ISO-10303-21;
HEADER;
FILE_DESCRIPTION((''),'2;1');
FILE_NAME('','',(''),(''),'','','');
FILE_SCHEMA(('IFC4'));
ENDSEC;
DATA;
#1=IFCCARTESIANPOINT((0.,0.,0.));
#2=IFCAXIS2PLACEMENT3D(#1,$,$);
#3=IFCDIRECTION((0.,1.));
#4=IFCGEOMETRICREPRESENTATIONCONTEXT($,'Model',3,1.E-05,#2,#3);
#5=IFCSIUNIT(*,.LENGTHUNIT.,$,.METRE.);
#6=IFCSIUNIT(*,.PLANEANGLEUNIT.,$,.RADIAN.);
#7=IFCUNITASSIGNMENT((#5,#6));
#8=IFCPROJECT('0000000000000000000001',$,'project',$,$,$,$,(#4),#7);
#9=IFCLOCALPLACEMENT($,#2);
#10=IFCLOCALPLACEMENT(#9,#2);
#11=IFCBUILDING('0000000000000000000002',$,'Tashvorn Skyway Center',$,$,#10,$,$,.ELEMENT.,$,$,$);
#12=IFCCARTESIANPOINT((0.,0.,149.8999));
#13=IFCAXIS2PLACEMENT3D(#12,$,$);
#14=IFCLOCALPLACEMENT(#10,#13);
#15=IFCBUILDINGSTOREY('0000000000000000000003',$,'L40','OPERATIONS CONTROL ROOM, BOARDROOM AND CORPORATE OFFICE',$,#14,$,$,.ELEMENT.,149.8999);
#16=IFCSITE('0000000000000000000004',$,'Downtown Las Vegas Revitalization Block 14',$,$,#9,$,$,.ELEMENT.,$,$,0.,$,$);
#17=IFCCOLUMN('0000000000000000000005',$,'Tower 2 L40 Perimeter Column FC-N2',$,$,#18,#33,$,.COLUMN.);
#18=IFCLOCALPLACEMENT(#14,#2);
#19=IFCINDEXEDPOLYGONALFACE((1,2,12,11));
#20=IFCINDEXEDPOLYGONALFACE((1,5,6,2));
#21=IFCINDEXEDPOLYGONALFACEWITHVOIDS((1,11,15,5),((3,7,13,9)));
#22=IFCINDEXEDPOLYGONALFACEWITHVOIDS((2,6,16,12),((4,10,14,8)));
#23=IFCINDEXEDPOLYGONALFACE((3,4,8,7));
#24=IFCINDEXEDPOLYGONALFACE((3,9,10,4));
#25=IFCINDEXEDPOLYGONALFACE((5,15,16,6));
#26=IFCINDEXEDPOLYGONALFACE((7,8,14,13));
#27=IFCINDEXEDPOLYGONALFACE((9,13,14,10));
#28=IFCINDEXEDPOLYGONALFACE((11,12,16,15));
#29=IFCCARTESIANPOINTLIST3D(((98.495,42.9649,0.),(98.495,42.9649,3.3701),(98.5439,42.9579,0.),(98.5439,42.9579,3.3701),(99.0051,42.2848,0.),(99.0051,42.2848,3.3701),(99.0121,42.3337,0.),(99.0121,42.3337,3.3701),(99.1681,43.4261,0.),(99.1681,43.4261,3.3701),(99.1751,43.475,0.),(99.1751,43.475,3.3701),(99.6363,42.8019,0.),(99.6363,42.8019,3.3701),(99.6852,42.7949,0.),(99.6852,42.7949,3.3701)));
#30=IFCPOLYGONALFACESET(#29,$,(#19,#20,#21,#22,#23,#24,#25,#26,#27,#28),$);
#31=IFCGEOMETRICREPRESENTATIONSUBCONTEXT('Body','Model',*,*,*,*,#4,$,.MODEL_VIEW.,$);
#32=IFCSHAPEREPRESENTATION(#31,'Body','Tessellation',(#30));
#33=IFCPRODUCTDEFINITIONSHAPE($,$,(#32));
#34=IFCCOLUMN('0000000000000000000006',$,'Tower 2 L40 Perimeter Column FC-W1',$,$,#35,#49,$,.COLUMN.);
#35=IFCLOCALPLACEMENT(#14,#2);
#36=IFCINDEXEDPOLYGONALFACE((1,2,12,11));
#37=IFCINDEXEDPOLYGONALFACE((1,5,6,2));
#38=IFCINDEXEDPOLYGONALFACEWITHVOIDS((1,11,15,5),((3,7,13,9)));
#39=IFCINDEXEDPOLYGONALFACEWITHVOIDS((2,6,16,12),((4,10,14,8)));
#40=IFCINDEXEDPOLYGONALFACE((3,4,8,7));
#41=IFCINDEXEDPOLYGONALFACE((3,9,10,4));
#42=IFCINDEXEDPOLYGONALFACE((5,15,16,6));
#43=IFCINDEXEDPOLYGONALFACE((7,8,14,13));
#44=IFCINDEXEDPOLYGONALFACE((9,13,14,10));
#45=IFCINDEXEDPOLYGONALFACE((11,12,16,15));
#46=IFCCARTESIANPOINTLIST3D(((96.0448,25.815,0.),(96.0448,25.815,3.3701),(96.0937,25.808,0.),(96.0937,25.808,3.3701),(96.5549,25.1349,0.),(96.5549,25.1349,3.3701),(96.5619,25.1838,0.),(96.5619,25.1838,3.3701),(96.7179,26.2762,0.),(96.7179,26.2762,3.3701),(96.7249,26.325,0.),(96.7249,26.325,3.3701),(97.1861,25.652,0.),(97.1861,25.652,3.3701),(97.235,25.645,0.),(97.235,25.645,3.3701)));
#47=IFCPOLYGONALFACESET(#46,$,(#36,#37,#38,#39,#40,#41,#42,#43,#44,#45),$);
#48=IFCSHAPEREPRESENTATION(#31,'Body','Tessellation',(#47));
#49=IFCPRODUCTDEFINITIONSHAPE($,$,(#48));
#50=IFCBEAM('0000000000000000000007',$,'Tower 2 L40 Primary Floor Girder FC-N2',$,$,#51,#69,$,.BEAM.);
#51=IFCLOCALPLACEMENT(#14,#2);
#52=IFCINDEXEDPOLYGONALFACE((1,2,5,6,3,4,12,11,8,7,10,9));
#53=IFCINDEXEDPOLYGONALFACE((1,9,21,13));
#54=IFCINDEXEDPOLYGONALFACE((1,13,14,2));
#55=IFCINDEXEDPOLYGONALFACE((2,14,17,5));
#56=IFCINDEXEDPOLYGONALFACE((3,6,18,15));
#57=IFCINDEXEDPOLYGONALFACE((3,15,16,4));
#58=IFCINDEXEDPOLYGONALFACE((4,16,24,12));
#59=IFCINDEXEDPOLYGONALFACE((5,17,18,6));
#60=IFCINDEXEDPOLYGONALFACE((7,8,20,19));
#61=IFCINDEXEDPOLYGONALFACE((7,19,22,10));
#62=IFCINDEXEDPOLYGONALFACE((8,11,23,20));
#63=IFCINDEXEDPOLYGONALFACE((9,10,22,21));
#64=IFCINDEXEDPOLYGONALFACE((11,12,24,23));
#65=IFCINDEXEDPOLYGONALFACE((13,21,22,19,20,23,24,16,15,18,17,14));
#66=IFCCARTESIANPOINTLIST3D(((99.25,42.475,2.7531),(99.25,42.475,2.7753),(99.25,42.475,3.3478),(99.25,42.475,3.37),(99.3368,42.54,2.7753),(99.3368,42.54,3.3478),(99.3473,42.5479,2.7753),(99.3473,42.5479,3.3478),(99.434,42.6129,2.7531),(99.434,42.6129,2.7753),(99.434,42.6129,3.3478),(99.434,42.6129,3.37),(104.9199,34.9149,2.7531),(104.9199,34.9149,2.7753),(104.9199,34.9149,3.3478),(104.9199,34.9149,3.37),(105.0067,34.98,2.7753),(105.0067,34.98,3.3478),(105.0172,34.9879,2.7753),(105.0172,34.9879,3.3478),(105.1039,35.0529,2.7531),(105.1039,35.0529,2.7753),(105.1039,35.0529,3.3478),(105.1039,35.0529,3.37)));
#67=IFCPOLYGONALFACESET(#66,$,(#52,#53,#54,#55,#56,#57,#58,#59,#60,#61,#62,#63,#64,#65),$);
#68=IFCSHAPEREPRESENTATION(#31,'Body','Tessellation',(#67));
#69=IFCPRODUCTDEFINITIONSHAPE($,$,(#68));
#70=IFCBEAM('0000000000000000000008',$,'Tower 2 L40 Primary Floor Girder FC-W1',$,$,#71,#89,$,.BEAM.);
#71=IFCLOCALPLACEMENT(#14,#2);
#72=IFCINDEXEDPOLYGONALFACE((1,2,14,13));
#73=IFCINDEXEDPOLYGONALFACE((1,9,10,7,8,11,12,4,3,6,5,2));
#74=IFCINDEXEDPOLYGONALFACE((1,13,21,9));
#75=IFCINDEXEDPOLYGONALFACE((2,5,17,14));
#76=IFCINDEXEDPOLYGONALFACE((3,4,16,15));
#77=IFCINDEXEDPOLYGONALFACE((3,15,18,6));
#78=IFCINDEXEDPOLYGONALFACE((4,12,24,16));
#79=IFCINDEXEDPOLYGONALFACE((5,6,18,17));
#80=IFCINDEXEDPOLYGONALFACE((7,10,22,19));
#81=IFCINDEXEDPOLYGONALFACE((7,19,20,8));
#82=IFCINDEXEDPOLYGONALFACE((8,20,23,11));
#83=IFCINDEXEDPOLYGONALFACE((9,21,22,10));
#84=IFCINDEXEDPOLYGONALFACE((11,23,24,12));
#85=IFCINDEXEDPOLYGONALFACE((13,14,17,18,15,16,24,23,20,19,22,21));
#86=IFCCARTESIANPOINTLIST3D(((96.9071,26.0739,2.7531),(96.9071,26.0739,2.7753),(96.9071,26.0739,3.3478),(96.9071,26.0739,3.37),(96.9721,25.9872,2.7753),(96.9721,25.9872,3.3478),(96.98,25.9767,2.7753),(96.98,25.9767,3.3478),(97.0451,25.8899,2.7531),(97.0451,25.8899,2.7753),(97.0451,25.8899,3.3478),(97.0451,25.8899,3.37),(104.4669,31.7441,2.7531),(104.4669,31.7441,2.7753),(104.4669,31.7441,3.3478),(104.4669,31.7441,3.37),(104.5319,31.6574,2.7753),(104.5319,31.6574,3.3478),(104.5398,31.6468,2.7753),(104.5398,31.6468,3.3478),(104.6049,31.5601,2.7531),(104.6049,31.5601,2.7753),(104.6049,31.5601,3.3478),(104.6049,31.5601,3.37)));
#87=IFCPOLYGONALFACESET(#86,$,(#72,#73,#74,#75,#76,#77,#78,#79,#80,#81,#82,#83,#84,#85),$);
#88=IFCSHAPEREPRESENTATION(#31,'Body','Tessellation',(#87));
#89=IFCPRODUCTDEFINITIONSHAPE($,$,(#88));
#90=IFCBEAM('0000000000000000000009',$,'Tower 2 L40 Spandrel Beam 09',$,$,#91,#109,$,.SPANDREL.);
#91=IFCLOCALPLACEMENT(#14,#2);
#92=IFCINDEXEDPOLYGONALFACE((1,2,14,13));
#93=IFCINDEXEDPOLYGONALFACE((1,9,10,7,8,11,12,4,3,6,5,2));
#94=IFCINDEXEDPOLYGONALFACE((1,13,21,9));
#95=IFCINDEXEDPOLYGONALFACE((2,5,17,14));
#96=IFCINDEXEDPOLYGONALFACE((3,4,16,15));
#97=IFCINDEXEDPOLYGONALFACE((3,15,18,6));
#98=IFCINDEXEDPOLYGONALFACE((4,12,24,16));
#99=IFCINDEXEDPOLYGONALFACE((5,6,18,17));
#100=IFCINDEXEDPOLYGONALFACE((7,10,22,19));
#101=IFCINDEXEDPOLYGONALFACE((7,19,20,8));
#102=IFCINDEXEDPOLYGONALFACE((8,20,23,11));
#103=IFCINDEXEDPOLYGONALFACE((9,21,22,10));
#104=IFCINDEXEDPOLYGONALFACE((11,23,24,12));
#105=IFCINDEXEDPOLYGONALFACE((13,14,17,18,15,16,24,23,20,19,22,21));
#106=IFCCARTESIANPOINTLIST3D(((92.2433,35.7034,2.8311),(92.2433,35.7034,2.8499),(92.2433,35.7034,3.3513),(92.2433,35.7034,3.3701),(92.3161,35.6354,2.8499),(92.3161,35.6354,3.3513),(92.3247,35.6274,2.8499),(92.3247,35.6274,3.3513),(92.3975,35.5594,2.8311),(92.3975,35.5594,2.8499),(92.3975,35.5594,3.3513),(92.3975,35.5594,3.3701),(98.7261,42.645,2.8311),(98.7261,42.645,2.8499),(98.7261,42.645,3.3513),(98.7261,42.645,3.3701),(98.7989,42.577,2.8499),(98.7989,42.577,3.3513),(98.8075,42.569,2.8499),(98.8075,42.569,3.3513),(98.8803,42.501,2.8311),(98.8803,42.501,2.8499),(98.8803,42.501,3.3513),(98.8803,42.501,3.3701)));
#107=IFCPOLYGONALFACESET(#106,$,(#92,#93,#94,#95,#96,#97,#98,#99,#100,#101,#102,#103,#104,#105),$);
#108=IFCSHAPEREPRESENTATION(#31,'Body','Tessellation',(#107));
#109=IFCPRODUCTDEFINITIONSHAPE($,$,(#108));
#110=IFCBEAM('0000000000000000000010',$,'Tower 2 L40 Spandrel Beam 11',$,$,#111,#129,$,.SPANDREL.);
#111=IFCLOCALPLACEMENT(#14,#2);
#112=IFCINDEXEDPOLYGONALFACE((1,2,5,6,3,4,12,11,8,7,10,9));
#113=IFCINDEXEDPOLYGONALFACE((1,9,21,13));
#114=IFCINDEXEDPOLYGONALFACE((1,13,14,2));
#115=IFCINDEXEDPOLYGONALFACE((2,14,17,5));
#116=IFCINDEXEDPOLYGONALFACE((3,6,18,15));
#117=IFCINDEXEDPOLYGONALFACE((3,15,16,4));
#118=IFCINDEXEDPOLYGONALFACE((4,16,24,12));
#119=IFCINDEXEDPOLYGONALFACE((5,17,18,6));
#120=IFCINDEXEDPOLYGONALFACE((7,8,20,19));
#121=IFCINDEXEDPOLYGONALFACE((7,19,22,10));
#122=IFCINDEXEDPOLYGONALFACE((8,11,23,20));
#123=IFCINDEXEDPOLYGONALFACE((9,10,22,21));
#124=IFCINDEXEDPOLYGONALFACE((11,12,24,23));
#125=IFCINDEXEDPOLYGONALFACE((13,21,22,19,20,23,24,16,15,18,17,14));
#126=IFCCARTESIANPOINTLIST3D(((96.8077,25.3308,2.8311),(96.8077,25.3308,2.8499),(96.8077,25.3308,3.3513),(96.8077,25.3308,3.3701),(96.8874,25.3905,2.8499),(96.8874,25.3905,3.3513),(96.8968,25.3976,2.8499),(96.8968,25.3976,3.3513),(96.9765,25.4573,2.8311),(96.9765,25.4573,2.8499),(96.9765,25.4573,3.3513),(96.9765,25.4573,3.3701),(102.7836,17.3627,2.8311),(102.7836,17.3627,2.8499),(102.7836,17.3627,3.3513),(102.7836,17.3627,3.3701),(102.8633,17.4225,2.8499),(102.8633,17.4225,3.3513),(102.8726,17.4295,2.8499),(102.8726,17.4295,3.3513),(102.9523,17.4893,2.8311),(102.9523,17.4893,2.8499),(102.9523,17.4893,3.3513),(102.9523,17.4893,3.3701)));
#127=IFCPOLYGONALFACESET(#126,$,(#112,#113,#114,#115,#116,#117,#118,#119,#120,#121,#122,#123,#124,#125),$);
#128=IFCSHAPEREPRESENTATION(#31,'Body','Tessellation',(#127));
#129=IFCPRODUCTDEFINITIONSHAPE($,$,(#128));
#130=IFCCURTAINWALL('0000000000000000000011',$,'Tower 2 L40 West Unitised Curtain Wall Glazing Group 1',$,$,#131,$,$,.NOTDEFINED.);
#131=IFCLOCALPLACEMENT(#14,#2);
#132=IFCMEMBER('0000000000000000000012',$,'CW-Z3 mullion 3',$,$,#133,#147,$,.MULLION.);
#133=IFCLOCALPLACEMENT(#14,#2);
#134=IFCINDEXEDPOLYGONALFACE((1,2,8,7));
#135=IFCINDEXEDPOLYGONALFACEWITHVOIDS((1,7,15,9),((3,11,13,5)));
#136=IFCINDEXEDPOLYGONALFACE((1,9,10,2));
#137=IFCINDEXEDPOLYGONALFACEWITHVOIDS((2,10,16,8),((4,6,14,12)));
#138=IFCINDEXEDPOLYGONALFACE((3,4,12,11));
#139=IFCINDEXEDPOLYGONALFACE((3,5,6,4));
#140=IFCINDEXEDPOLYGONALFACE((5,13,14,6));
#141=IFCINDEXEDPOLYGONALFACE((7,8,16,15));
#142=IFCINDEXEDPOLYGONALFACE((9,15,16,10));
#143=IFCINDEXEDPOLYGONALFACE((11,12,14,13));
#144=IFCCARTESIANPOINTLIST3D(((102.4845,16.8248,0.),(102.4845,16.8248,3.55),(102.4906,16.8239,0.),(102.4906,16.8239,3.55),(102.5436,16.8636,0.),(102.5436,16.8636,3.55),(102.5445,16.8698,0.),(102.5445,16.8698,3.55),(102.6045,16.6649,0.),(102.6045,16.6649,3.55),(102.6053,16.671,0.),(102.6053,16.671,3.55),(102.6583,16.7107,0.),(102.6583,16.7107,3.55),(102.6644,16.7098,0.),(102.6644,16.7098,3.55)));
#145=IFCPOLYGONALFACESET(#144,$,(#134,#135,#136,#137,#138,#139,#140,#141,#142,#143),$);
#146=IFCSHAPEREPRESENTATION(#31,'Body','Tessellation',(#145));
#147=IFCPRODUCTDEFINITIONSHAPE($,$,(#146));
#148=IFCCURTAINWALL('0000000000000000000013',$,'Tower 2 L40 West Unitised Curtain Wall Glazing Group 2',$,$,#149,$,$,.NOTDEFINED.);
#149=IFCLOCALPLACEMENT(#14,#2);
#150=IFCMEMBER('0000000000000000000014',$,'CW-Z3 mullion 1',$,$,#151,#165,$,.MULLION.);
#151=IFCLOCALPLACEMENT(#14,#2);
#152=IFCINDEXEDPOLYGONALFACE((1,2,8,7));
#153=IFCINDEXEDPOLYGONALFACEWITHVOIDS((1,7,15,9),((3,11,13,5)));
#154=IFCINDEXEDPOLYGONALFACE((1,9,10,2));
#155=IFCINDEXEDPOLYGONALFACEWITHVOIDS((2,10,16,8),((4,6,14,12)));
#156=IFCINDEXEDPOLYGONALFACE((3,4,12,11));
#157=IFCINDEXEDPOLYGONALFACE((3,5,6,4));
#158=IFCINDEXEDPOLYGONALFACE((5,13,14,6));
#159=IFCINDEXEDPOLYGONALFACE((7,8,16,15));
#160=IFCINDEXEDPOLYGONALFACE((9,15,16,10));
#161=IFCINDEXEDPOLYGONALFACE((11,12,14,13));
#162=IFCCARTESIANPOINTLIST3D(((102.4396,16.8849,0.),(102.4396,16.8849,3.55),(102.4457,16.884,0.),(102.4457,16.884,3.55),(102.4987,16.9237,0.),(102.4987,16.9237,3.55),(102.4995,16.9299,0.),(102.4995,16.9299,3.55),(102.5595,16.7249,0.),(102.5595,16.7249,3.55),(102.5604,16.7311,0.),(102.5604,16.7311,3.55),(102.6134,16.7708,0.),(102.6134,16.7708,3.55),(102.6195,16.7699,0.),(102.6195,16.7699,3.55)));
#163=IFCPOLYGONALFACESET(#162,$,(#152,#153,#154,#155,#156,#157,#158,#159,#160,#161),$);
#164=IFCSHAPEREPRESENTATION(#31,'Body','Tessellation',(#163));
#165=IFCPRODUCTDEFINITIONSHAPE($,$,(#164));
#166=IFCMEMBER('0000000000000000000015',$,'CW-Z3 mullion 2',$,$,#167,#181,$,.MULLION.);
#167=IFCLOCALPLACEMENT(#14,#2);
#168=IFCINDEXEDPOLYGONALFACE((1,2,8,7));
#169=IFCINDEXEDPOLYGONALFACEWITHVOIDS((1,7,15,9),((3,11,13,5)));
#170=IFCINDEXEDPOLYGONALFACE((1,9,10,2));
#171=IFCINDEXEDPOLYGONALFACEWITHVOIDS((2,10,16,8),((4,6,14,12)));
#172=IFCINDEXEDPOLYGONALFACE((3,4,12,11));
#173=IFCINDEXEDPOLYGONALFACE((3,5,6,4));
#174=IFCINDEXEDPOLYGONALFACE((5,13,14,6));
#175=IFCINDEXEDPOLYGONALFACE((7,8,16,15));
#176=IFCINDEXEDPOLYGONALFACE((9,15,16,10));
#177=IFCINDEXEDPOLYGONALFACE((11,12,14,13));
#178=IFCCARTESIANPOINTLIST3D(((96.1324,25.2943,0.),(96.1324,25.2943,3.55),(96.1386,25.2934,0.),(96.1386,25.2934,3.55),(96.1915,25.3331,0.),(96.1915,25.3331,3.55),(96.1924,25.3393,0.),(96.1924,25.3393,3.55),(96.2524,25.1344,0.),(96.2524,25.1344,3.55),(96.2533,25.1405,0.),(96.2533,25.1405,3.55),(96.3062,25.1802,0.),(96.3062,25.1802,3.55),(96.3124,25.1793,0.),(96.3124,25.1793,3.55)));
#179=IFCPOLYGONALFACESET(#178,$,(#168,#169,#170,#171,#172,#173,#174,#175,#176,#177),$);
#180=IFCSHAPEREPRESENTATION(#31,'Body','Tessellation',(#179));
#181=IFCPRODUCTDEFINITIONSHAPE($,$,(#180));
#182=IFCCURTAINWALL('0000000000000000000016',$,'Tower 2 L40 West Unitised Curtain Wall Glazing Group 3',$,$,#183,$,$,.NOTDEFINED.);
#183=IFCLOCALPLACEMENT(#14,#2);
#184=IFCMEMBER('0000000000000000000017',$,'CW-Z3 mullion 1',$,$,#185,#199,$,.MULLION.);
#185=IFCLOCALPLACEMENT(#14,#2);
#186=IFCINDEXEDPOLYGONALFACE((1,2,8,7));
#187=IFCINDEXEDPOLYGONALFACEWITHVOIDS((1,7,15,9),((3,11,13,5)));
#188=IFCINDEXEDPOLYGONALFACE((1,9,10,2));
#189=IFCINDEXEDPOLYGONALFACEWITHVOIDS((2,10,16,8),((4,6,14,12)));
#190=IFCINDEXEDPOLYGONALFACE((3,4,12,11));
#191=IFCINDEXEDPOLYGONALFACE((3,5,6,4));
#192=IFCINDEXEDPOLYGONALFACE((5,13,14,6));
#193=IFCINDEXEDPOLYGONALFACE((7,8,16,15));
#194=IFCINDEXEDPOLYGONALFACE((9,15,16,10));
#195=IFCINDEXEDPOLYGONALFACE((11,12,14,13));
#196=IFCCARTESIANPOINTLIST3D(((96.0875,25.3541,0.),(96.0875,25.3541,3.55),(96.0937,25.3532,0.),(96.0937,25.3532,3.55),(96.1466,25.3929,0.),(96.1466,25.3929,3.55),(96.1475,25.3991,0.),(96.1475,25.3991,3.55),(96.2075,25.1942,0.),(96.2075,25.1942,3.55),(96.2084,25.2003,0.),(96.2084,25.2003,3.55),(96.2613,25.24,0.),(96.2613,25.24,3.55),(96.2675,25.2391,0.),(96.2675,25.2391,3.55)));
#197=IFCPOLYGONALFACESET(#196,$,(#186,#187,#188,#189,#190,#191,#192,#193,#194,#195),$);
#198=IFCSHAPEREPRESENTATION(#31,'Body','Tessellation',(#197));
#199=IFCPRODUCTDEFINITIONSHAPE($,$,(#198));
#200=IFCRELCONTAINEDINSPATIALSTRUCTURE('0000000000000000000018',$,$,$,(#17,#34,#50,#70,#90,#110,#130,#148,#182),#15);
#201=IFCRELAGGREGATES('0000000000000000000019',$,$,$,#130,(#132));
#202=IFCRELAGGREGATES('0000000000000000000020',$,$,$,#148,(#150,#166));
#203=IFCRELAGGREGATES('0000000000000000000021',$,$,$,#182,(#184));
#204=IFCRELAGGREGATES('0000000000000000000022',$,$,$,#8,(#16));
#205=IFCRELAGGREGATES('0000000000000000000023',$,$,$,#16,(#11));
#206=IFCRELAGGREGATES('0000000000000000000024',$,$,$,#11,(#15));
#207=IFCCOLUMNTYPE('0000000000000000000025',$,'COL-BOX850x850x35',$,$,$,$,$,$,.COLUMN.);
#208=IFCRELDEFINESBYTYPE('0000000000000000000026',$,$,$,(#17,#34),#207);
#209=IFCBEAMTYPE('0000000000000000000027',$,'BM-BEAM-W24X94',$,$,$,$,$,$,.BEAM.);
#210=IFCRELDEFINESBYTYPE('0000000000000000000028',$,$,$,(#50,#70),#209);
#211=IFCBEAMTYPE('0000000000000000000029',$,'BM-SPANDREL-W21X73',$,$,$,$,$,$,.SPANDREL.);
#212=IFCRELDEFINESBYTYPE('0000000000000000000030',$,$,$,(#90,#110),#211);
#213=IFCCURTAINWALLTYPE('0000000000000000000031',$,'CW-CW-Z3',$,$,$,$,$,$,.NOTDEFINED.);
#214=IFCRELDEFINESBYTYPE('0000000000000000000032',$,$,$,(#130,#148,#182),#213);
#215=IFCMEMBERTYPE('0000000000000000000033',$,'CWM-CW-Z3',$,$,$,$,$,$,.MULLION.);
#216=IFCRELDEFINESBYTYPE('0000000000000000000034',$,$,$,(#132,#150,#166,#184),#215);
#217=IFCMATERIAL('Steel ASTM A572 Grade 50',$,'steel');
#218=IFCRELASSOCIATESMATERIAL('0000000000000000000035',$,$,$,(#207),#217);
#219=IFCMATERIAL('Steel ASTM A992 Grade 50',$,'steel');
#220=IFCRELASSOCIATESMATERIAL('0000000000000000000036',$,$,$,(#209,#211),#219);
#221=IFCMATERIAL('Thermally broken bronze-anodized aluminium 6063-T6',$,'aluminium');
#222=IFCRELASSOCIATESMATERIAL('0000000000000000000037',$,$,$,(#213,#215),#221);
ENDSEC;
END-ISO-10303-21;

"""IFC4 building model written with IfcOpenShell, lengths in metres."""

from ifc_helpers import new_model, si_unit, direction, frame, origin, origin_2d, place, context, subcontext, project, spatial, hollow_rectangle, i_section, extrude, material, material_profile, profile_set, type_object, element, aggregate, save


model = new_model("IFC4")

# Units and contexts
model_context = context("Model", 3, precision=1e-05, world=origin(), true_north=direction((0.0, 1.0)))
body_context = subcontext(model_context, "Body", "Model", "MODEL_VIEW")
ifc_project = project(units=[si_unit("LENGTHUNIT", "METRE"), si_unit("PLANEANGLEUNIT", "RADIAN")], contexts=[model_context])

# Site, building, storey
site_placement = place(None, origin())
site = spatial("IfcSite", under=ifc_project, at=site_placement, Name="Downtown Las Vegas Revitalization Block 14", CompositionType="ELEMENT", RefElevation=0.0)
building_placement = place(site_placement, origin())
building = spatial("IfcBuilding", under=site, at=building_placement, Name="Tashvorn Skyway Center", CompositionType="ELEMENT")
storey_placement = place(building_placement, frame((0.0, 0.0, 149.8999)))
storey = spatial("IfcBuildingStorey", under=building, at=storey_placement, Name="L40", Description="OPERATIONS CONTROL ROOM, BOARDROOM AND CORPORATE OFFICE", CompositionType="ELEMENT", Elevation=149.8999)

# Columns
ifc_material_1 = material(Name="Steel ASTM A572 Grade 50", Category="steel")
ifc_material_profile_1 = material_profile(ifc_material_1, hollow_rectangle(XDim=0.8501, YDim=0.8501, WallThickness=0.0349, at=origin_2d()), Name="BOX850x850x35")
ifc_profile_set_1 = profile_set([ifc_material_profile_1], Name="Steel ASTM A572 Grade 50")
column_type = type_object("IfcColumnType", Name="COL-BOX850x850x35", PredefinedType="COLUMN", material=ifc_profile_set_1)
for number, where, z_axis, x_axis, name in (
    (1, (99.0901, 42.8799, 0.0), (0.0, 0.0, 1.0), (0.8, 0.6, 0.0), "Tower 2 L40 Perimeter Column FC-N2"),
    (2, (96.6399, 25.73, 0.0), (0.0, 0.0, 1.0), (0.8, 0.6, 0.0), "Tower 2 L40 Perimeter Column FC-W1"),
):
    element("IfcColumn", number, at=place(storey_placement, frame(where, z_axis=z_axis, x_axis=x_axis)), inside=storey, type_object=column_type, Name=name, PredefinedType="COLUMN", context=body_context, shape_type="SweptSolid", body=[
        extrude(hollow_rectangle(XDim=0.8501, YDim=0.8501, WallThickness=0.0349, at=origin_2d()), origin(), (0.0, 0.0, 1.0), 3.3701),
    ])

# Beams
ifc_material_2 = material(Name="Steel ASTM A992 Grade 50", Category="steel")
ifc_material_profile_2 = material_profile(ifc_material_2, i_section(OverallWidth=0.23, OverallDepth=0.6169, WebThickness=0.0132, FlangeThickness=0.0222, at=origin_2d()), Name="W24X94")
ifc_profile_set_2 = profile_set([ifc_material_profile_2], Name="Steel ASTM A992 Grade 50")
beam_type_1 = type_object("IfcBeamType", Name="BM-BEAM-W24X94", PredefinedType="BEAM", material=ifc_profile_set_2)
for number, where, z_axis, x_axis, name in (
    (3, (99.342, 42.5439, 3.0615), (0.599992, -0.800006, 0.0), (0.800006, 0.599992, 0.0), "Tower 2 L40 Primary Floor Girder FC-N2"),
    (4, (96.9761, 25.9819, 3.0615), (0.799984, 0.600021, 0.0), (-0.600021, 0.799984, 0.0), "Tower 2 L40 Primary Floor Girder FC-W1"),
):
    element("IfcBeam", number, at=place(storey_placement, frame(where, z_axis=z_axis, x_axis=x_axis)), inside=storey, type_object=beam_type_1, Name=name, PredefinedType="BEAM", context=body_context, shape_type="SweptSolid", body=[
        extrude(i_section(OverallWidth=0.23, OverallDepth=0.6169, WebThickness=0.0132, FlangeThickness=0.0222, at=origin_2d()), origin(), (0.0, 0.0, 1.0), 9.45),
    ])
ifc_material_profile_3 = material_profile(ifc_material_2, i_section(OverallWidth=0.2109, OverallDepth=0.5391, WebThickness=0.0117, FlangeThickness=0.0188, at=origin_2d()), Name="W21X73")
ifc_profile_set_3 = profile_set([ifc_material_profile_3], Name="Steel ASTM A992 Grade 50")
beam_type_2 = type_object("IfcBeamType", Name="BM-SPANDREL-W21X73", PredefinedType="SPANDREL", material=ifc_profile_set_3)
beam_1_placement = place(storey_placement, frame((98.8032, 42.573, 3.1006), z_axis=(-0.682545, -0.730843, 0.0), x_axis=(0.730843, -0.682545, 0.0)))
element("IfcBeam", 5, at=beam_1_placement, inside=storey, type_object=beam_type_2, Name="Tower 2 L40 Spandrel Beam 09", PredefinedType="SPANDREL", context=body_context, shape_type="SweptSolid", body=[
    extrude(i_section(OverallWidth=0.2109, OverallDepth=0.5391, WebThickness=0.0117, FlangeThickness=0.0188, at=origin_2d()), origin(), (0.0, 0.0, 1.0), 9.498),
])
beam_2_placement = place(storey_placement, frame((96.8921, 25.394, 3.1006), z_axis=(0.599988, -0.800009, 0.0), x_axis=(0.800009, 0.599988, 0.0)))
element("IfcBeam", 6, at=beam_2_placement, inside=storey, type_object=beam_type_2, Name="Tower 2 L40 Spandrel Beam 11", PredefinedType="SPANDREL", context=body_context, shape_type="SweptSolid", body=[
    extrude(i_section(OverallWidth=0.2109, OverallDepth=0.5391, WebThickness=0.0117, FlangeThickness=0.0188, at=origin_2d()), origin(), (0.0, 0.0, 1.0), 9.96),
])

# Curtain wall, member
ifc_material_3 = material(Name="Thermally broken bronze-anodized aluminium 6063-T6", Category="aluminium")
curtain_wall_type = type_object("IfcCurtainWallType", Name="CW-CW-Z3", PredefinedType="NOTDEFINED", material=ifc_material_3)
curtain_wall_1_placement = place(storey_placement, origin())
curtain_wall_1 = element("IfcCurtainWall", 7, at=curtain_wall_1_placement, inside=storey, type_object=curtain_wall_type, Name="Tower 2 L40 West Unitised Curtain Wall Glazing Group 1", PredefinedType="NOTDEFINED")
ifc_material_profile_4 = material_profile(ifc_material_3, hollow_rectangle(XDim=0.075, YDim=0.2, WallThickness=0.0044, at=origin_2d()), Name="ALU-MULL-75x200")
ifc_profile_set_4 = profile_set([ifc_material_profile_4], Name="Thermally broken bronze-anodized aluminium 6063-T6")
member_type_1 = type_object("IfcMemberType", Name="CWM-CW-Z3", PredefinedType="MULLION", material=ifc_profile_set_4)
member_1_placement = place(storey_placement, frame((102.5745, 16.7673, 0.0), z_axis=(0.0, 0.0, 1.0), x_axis=(-0.799997, -0.600005, 0.0)))
member_1 = element("IfcMember", 8, at=member_1_placement, type_object=member_type_1, Name="CW-Z3 mullion 3", PredefinedType="MULLION", context=body_context, shape_type="SweptSolid", body=[
    extrude(hollow_rectangle(XDim=0.075, YDim=0.2, WallThickness=0.0044, at=origin_2d()), origin(), (0.0, 0.0, 1.0), 3.55),
])
aggregate(curtain_wall_1, [member_1])

# Curtain wall, members
curtain_wall_2_placement = place(storey_placement, origin())
curtain_wall_2 = element("IfcCurtainWall", 9, at=curtain_wall_2_placement, inside=storey, type_object=curtain_wall_type, Name="Tower 2 L40 West Unitised Curtain Wall Glazing Group 2", PredefinedType="NOTDEFINED")
member_2_placement = place(storey_placement, frame((102.5295, 16.8274, 0.0), z_axis=(0.0, 0.0, 1.0), x_axis=(-0.800002, -0.599997, 0.0)))
member_2 = element("IfcMember", 10, at=member_2_placement, type_object=member_type_1, Name="CW-Z3 mullion 1", PredefinedType="MULLION", context=body_context, shape_type="SweptSolid", body=[
    extrude(hollow_rectangle(XDim=0.075, YDim=0.2, WallThickness=0.0044, at=origin_2d()), origin(), (0.0, 0.0, 1.0), 3.55),
])
member_3_placement = place(storey_placement, frame((96.2224, 25.2368, 0.0), z_axis=(0.0, 0.0, 1.0), x_axis=(-0.800002, -0.599997, 0.0)))
member_3 = element("IfcMember", 11, at=member_3_placement, type_object=member_type_1, Name="CW-Z3 mullion 2", PredefinedType="MULLION", context=body_context, shape_type="SweptSolid", body=[
    extrude(hollow_rectangle(XDim=0.075, YDim=0.2, WallThickness=0.0044, at=origin_2d()), origin(), (0.0, 0.0, 1.0), 3.55),
])

# Curtain wall, member
curtain_wall_3_placement = place(storey_placement, origin())
curtain_wall_3 = element("IfcCurtainWall", 12, at=curtain_wall_3_placement, inside=storey, type_object=curtain_wall_type, Name="Tower 2 L40 West Unitised Curtain Wall Glazing Group 3", PredefinedType="NOTDEFINED")
member_4_placement = place(storey_placement, frame((96.1775, 25.2966, 0.0), z_axis=(0.0, 0.0, 1.0), x_axis=(-0.799997, -0.600005, 0.0)))
member_4 = element("IfcMember", 13, at=member_4_placement, type_object=member_type_1, Name="CW-Z3 mullion 1", PredefinedType="MULLION", context=body_context, shape_type="SweptSolid", body=[
    extrude(hollow_rectangle(XDim=0.075, YDim=0.2, WallThickness=0.0044, at=origin_2d()), origin(), (0.0, 0.0, 1.0), 3.55),
])

aggregate(curtain_wall_2, [member_2, member_3])
aggregate(curtain_wall_3, [member_4])

save(model, "model.ifc")
